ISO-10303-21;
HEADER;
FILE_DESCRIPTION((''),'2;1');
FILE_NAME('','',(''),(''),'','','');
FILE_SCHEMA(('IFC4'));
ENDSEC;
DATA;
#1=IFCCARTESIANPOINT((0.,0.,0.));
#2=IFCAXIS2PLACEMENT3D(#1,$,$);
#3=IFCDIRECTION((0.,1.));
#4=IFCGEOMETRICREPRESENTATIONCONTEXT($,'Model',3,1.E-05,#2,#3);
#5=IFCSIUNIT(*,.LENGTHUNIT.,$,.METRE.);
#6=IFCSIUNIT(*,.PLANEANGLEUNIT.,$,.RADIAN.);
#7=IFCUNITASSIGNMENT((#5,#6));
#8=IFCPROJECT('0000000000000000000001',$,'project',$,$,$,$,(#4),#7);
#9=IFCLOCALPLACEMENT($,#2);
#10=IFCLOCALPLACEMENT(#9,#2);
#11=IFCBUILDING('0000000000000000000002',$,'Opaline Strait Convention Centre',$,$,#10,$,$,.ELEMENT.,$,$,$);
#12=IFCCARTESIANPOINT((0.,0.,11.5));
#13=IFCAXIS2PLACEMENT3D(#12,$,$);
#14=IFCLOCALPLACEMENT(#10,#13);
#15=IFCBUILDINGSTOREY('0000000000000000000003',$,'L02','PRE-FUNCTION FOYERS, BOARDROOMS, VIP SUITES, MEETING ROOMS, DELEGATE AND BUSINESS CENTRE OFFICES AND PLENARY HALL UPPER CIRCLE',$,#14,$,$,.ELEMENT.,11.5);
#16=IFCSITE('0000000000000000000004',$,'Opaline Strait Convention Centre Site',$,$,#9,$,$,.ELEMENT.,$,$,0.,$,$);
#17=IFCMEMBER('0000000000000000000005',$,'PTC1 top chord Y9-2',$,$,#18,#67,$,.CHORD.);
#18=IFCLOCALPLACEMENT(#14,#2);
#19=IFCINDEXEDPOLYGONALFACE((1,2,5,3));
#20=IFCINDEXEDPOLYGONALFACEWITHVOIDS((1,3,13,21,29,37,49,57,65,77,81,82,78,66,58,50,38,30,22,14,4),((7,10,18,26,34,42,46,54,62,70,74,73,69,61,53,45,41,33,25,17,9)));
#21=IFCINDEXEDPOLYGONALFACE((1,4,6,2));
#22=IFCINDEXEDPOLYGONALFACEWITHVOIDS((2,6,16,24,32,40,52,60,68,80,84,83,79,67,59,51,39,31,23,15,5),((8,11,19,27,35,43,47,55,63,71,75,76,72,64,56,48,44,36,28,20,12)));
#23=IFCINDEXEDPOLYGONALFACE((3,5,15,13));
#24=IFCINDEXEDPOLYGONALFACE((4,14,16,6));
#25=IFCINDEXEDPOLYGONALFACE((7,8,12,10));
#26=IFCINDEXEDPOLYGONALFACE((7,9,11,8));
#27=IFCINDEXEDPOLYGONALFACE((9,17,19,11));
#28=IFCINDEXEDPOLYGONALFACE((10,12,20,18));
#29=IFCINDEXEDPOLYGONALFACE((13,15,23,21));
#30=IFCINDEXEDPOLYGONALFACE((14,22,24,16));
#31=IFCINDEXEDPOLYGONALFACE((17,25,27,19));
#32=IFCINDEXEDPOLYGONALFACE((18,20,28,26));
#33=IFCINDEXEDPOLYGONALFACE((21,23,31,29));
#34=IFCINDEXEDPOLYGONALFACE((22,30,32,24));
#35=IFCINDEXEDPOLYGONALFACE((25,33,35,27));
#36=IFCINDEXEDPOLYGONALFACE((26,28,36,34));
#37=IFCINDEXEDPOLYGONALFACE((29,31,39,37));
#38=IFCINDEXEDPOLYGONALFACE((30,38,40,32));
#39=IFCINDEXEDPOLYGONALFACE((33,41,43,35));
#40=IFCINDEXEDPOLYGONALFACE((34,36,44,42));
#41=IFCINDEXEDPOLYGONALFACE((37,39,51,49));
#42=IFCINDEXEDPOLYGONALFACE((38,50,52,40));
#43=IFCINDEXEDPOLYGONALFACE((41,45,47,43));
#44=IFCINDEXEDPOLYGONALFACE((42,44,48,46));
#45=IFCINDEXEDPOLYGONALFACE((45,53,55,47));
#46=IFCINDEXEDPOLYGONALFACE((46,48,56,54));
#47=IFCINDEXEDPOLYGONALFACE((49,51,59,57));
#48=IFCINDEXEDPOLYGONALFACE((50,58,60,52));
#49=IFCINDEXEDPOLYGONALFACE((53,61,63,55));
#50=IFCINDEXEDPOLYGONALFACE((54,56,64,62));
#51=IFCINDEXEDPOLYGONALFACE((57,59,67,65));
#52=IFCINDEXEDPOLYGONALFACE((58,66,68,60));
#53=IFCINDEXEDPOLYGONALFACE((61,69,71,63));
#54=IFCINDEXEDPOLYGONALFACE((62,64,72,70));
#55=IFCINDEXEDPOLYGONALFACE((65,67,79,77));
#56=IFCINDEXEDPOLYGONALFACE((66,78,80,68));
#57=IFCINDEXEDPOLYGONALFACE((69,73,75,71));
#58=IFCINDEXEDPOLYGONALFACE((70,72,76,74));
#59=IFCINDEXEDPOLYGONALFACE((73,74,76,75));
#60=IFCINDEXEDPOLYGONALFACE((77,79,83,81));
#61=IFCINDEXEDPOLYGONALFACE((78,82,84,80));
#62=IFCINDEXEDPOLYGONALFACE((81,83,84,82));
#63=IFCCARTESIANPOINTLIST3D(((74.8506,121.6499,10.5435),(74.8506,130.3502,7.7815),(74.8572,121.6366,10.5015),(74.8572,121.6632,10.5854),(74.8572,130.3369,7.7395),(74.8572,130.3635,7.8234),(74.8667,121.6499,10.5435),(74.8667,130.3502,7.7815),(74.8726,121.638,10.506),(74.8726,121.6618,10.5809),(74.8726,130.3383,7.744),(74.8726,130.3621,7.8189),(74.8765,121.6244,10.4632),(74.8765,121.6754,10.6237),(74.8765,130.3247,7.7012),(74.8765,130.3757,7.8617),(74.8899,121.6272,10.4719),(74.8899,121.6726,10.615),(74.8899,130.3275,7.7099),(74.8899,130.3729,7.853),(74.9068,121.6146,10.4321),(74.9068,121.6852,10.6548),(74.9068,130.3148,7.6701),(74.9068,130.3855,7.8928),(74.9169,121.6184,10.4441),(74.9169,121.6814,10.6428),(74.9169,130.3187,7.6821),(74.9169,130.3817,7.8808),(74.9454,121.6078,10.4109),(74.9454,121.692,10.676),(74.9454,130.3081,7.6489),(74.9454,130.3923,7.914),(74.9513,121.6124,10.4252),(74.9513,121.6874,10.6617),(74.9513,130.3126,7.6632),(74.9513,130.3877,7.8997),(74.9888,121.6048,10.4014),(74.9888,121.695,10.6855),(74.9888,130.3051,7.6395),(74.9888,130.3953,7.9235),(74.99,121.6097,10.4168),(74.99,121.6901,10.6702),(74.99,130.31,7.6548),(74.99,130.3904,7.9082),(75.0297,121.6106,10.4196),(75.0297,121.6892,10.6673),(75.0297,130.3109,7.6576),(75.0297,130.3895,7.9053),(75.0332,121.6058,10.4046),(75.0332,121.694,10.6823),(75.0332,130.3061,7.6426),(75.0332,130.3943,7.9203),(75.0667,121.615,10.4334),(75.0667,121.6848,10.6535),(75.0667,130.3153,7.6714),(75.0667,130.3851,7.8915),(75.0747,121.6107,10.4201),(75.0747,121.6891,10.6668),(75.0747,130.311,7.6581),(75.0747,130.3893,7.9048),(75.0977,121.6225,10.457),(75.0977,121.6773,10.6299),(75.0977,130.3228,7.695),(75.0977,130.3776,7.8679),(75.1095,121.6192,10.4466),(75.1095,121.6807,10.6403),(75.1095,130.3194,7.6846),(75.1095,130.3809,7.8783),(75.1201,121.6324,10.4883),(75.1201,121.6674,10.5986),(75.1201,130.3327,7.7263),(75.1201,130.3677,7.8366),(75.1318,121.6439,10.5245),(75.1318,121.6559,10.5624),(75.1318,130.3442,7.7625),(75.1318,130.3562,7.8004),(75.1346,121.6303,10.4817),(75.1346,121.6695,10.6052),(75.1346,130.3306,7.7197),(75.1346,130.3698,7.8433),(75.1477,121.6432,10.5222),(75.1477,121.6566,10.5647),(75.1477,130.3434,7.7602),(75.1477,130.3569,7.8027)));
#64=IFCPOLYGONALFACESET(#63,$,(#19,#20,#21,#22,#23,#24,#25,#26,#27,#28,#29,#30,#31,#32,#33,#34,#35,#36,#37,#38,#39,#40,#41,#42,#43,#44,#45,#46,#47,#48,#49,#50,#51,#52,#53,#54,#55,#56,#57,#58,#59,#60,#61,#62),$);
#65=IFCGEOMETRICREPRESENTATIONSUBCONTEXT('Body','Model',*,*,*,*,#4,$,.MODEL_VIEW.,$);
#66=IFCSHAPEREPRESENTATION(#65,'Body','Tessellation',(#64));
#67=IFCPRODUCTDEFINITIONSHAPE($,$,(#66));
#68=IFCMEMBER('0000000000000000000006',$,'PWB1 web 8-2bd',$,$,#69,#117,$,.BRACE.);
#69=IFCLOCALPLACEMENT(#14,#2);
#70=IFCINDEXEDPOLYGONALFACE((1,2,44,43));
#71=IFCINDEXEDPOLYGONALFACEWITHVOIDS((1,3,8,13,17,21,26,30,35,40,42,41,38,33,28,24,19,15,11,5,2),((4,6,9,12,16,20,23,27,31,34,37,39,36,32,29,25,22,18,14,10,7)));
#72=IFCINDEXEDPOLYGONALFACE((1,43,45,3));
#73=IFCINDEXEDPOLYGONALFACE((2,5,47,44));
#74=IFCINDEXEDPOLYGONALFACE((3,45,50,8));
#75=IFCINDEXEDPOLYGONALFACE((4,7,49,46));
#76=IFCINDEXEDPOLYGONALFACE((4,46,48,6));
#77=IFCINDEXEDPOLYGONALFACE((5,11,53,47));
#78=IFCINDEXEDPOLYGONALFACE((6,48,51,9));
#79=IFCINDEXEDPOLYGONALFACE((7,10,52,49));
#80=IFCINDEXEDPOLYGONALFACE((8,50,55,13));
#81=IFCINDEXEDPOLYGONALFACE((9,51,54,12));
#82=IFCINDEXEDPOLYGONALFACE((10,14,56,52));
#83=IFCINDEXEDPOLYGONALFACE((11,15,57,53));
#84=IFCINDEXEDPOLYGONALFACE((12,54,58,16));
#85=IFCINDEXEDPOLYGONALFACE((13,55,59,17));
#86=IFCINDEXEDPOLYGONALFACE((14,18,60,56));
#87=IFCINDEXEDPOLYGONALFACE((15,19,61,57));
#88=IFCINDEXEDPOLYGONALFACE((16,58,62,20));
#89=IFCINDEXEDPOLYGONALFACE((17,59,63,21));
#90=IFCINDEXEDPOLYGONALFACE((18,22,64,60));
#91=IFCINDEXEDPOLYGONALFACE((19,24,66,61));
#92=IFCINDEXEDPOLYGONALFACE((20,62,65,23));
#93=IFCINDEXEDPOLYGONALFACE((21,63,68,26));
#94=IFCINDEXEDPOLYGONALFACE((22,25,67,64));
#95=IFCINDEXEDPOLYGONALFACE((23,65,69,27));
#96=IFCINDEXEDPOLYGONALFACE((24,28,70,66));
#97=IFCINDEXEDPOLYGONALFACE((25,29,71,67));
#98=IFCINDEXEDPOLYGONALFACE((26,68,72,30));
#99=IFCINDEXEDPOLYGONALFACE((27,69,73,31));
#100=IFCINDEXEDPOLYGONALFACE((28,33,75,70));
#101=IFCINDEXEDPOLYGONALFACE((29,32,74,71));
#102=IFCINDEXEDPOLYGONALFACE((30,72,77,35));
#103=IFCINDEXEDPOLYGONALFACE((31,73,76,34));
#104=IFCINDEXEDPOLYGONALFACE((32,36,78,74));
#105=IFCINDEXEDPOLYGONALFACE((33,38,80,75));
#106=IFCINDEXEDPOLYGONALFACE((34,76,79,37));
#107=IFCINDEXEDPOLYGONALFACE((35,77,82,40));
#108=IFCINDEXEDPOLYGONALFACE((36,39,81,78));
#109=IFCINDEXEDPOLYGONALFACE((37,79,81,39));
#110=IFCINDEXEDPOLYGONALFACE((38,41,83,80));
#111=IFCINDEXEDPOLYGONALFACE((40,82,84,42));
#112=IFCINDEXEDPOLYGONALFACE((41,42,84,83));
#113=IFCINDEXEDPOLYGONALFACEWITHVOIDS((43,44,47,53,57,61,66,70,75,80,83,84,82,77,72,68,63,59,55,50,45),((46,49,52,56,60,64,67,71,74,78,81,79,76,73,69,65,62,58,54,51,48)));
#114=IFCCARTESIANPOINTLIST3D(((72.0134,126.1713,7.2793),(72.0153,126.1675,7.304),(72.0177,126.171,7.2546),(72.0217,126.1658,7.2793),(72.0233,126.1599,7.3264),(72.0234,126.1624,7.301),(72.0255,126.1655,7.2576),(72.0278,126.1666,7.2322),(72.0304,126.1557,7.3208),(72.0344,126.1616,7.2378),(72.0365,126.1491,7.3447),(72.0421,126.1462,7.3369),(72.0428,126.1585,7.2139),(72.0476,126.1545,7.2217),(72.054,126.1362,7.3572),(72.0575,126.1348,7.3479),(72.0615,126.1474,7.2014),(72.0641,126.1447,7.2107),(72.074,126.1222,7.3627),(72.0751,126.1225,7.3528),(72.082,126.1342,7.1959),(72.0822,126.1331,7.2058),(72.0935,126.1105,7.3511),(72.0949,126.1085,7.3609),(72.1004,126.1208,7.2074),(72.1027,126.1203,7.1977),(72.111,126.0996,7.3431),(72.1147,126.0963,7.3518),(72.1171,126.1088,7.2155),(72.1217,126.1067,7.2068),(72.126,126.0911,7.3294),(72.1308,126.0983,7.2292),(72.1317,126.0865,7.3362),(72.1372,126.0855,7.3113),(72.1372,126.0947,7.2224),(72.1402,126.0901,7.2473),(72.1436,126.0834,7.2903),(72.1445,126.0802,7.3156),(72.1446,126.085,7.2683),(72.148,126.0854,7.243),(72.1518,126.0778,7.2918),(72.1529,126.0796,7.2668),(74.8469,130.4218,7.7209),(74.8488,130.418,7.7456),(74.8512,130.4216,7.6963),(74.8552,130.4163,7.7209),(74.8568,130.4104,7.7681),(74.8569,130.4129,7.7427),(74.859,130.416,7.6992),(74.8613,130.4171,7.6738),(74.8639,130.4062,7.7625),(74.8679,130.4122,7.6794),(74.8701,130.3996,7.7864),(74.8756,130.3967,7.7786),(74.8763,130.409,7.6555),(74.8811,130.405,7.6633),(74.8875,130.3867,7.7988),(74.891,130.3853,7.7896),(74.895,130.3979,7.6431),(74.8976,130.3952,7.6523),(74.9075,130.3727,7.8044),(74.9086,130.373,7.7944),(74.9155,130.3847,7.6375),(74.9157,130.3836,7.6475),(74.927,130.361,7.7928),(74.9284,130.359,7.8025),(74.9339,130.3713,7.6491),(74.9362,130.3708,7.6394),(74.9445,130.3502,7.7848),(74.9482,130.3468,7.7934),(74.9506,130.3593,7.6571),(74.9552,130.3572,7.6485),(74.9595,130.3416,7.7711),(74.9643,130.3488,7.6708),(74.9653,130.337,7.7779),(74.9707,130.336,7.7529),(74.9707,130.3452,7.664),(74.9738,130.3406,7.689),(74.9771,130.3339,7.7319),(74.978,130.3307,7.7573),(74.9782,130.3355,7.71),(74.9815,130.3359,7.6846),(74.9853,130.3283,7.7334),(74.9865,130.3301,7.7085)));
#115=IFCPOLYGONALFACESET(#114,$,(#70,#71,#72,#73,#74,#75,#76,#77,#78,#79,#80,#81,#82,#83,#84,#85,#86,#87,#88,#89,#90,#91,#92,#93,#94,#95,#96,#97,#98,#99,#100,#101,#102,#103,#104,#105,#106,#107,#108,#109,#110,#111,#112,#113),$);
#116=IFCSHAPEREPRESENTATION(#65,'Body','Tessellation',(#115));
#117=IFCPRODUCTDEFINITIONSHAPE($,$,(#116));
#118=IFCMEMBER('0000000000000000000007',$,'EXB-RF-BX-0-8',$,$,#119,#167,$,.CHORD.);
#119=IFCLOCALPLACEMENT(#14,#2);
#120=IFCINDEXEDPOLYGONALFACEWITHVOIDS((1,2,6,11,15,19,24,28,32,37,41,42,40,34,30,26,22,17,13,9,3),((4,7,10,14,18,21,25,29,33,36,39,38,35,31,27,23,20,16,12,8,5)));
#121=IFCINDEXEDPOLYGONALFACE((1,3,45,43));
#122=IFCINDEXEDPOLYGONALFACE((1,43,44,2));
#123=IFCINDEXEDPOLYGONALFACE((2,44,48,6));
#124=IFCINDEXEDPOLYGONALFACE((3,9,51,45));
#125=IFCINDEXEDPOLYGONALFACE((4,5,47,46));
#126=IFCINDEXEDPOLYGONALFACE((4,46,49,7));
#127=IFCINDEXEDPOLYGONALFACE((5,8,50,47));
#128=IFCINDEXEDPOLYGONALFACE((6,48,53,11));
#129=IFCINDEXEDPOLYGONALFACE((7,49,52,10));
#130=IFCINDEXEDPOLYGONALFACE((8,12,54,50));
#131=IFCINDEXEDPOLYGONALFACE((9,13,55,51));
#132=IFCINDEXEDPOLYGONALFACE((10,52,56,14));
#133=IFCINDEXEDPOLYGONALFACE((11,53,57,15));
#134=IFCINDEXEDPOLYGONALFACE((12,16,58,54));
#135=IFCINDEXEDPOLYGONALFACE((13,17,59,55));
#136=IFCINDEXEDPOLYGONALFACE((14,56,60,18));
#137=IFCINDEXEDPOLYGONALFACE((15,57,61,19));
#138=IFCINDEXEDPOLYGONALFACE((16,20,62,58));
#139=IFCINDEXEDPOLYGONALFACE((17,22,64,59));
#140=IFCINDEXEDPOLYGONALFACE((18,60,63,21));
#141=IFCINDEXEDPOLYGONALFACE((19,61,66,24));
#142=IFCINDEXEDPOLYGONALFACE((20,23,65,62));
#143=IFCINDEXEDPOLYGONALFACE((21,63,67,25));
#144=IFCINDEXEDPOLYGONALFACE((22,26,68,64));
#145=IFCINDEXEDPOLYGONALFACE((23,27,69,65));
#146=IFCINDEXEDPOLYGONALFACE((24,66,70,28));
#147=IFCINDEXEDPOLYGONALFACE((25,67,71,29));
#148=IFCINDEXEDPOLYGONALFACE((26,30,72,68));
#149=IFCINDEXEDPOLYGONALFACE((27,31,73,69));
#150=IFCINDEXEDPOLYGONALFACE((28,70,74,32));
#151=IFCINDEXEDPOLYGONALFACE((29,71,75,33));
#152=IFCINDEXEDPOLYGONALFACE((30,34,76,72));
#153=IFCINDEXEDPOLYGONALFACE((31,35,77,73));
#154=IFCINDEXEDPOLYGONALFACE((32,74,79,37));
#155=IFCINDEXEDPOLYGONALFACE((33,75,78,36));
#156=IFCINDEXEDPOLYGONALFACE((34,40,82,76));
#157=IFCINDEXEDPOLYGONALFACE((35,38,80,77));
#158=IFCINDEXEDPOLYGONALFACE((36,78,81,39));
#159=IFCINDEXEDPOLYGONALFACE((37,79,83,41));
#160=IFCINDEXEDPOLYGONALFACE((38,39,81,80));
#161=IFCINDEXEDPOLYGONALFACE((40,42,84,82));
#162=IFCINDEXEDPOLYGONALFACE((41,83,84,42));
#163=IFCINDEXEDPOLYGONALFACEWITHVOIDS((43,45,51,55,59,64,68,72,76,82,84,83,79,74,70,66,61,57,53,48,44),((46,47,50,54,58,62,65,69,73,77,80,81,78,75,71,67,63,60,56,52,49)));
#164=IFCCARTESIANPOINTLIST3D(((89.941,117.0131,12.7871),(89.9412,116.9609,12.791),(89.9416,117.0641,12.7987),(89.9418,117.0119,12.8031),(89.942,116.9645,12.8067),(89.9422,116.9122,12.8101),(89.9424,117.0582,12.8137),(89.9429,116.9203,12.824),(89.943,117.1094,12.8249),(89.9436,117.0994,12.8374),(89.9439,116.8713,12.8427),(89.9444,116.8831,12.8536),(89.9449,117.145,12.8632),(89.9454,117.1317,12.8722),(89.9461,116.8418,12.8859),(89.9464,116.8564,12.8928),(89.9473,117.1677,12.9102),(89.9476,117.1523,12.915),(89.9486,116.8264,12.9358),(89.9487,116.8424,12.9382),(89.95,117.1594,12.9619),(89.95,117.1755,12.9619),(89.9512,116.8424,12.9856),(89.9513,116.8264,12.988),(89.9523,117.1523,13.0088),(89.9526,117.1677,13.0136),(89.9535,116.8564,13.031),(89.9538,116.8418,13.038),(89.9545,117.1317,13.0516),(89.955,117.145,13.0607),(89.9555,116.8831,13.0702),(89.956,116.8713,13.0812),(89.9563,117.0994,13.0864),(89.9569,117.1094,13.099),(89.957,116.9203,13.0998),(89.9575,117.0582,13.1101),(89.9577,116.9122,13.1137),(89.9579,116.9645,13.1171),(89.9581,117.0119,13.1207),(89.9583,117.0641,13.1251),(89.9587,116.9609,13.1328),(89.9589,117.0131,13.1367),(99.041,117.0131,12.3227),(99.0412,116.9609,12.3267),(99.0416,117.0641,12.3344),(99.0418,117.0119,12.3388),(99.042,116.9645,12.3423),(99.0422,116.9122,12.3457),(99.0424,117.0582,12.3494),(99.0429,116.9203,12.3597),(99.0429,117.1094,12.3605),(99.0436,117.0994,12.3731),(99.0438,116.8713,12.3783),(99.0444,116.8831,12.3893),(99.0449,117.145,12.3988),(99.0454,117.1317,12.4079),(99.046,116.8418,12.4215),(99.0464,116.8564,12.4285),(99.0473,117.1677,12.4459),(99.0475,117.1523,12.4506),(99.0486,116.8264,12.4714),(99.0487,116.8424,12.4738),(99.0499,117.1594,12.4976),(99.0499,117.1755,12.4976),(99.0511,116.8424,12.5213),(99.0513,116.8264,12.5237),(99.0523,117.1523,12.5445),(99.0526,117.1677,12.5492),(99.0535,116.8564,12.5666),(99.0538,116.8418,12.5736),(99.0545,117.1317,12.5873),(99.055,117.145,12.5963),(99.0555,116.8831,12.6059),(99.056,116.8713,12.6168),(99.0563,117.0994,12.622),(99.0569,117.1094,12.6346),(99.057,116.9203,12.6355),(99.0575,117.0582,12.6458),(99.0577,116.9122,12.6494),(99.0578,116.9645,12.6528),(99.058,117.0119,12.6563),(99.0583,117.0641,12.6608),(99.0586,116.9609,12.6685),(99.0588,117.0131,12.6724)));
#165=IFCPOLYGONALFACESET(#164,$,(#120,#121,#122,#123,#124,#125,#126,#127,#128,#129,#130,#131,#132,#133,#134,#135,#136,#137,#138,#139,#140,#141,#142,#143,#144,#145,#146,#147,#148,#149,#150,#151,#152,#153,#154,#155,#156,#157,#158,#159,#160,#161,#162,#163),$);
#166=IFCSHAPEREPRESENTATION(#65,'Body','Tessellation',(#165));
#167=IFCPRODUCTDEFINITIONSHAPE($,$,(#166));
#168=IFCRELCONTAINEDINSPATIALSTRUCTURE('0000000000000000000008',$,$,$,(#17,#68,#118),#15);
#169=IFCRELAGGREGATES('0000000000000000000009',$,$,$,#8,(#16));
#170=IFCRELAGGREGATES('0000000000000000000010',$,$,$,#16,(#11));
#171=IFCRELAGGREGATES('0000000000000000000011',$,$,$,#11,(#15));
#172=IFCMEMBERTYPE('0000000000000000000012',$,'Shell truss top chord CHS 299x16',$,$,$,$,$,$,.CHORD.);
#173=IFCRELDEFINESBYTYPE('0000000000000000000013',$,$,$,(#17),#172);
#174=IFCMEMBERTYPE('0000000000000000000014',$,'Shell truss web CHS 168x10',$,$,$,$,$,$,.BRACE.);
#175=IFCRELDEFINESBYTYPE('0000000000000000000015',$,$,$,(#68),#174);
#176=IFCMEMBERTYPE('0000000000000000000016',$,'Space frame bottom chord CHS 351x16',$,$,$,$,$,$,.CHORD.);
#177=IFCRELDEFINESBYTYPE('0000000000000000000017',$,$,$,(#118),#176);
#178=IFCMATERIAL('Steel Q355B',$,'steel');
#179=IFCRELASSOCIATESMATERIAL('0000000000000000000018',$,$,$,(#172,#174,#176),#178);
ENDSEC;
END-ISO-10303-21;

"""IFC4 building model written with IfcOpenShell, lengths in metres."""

from ifc_helpers import new_model, si_unit, direction, frame, origin, origin_2d, place, context, subcontext, project, spatial, hollow_circle, extrude, material, material_profile, profile_set, type_object, element, save


model = new_model("IFC4")

# Units and contexts
model_context = context("Model", 3, precision=1e-05, world=origin(), true_north=direction((0.0, 1.0)))
body_context = subcontext(model_context, "Body", "Model", "MODEL_VIEW")
ifc_project = project(units=[si_unit("LENGTHUNIT", "METRE"), si_unit("PLANEANGLEUNIT", "RADIAN")], contexts=[model_context])

# Site, building, storey
site_placement = place(None, origin())
site = spatial("IfcSite", under=ifc_project, at=site_placement, Name="Opaline Strait Convention Centre Site", CompositionType="ELEMENT", RefElevation=0.0)
building_placement = place(site_placement, origin())
building = spatial("IfcBuilding", under=site, at=building_placement, Name="Opaline Strait Convention Centre", CompositionType="ELEMENT")
storey_placement = place(building_placement, frame((0.0, 0.0, 11.5)))
storey = spatial("IfcBuildingStorey", under=building, at=storey_placement, Name="L02", Description="PRE-FUNCTION FOYERS, BOARDROOMS, VIP SUITES, MEETING ROOMS, DELEGATE AND BUSINESS CENTRE OFFICES AND PLENARY HALL UPPER CIRCLE", CompositionType="ELEMENT", Elevation=11.5)

# Members
ifc_material_1 = material(Name="Steel Q355B", Category="steel")
ifc_material_profile_1 = material_profile(ifc_material_1, hollow_circle(Radius=0.1494, WallThickness=0.0161, at=origin_2d()), Name="CHS 299x16")
ifc_profile_set_1 = profile_set([ifc_material_profile_1], Name="Steel Q355B")
member_type_1 = type_object("IfcMemberType", Name="Shell truss top chord CHS 299x16", PredefinedType="CHORD", material=ifc_profile_set_1)
member_1_placement = place(storey_placement, frame((75.0, 121.6499, 10.5435), z_axis=(0.0, 0.953124, -0.302579), x_axis=(-1.0, 0.0, 0.0)))
element("IfcMember", 1, at=member_1_placement, inside=storey, type_object=member_type_1, Name="PTC1 top chord Y9-2", PredefinedType="CHORD", context=body_context, shape_type="SweptSolid", body=[
    extrude(hollow_circle(Radius=0.1494, WallThickness=0.0161, at=origin_2d()), origin(), (0.0, 0.0, 1.0), 9.1282),
])
ifc_material_profile_2 = material_profile(ifc_material_1, hollow_circle(Radius=0.084, WallThickness=0.01, at=origin_2d()), Name="CHS 168x10")
ifc_profile_set_2 = profile_set([ifc_material_profile_2], Name="Steel Q355B")
member_type_2 = type_object("IfcMemberType", Name="Shell truss web CHS 168x10", PredefinedType="BRACE", material=ifc_profile_set_2)
member_2_placement = place(storey_placement, frame((72.0833, 126.1248, 7.2793), z_axis=(0.552617, 0.828973, 0.086135), x_axis=(-0.832065, 0.554678, 0.0)))
element("IfcMember", 2, at=member_2_placement, inside=storey, type_object=member_type_2, Name="PWB1 web 8-2bd", PredefinedType="BRACE", context=body_context, shape_type="SweptSolid", body=[
    extrude(hollow_circle(Radius=0.084, WallThickness=0.01, at=origin_2d()), origin(), (0.0, 0.0, 1.0), 5.1274),
])
ifc_material_profile_3 = material_profile(ifc_material_1, hollow_circle(Radius=0.1755, WallThickness=0.0161, at=origin_2d()), Name="CHS 351x16")
ifc_profile_set_3 = profile_set([ifc_material_profile_3], Name="Steel Q355B")
member_type_3 = type_object("IfcMemberType", Name="Space frame bottom chord CHS 351x16", PredefinedType="CHORD", material=ifc_profile_set_3)
member_3_placement = place(storey_placement, frame((89.95, 117.0, 12.9619), z_axis=(0.998701, 0.0, -0.050961), x_axis=(0.0, 1.0, 0.0)))
element("IfcMember", 3, at=member_3_placement, inside=storey, type_object=member_type_3, Name="EXB-RF-BX-0-8", PredefinedType="CHORD", context=body_context, shape_type="SweptSolid", body=[
    extrude(hollow_circle(Radius=0.1755, WallThickness=0.0161, at=origin_2d()), origin(), (0.0, 0.0, 1.0), 9.1118),
])

save(model, "model.ifc")
